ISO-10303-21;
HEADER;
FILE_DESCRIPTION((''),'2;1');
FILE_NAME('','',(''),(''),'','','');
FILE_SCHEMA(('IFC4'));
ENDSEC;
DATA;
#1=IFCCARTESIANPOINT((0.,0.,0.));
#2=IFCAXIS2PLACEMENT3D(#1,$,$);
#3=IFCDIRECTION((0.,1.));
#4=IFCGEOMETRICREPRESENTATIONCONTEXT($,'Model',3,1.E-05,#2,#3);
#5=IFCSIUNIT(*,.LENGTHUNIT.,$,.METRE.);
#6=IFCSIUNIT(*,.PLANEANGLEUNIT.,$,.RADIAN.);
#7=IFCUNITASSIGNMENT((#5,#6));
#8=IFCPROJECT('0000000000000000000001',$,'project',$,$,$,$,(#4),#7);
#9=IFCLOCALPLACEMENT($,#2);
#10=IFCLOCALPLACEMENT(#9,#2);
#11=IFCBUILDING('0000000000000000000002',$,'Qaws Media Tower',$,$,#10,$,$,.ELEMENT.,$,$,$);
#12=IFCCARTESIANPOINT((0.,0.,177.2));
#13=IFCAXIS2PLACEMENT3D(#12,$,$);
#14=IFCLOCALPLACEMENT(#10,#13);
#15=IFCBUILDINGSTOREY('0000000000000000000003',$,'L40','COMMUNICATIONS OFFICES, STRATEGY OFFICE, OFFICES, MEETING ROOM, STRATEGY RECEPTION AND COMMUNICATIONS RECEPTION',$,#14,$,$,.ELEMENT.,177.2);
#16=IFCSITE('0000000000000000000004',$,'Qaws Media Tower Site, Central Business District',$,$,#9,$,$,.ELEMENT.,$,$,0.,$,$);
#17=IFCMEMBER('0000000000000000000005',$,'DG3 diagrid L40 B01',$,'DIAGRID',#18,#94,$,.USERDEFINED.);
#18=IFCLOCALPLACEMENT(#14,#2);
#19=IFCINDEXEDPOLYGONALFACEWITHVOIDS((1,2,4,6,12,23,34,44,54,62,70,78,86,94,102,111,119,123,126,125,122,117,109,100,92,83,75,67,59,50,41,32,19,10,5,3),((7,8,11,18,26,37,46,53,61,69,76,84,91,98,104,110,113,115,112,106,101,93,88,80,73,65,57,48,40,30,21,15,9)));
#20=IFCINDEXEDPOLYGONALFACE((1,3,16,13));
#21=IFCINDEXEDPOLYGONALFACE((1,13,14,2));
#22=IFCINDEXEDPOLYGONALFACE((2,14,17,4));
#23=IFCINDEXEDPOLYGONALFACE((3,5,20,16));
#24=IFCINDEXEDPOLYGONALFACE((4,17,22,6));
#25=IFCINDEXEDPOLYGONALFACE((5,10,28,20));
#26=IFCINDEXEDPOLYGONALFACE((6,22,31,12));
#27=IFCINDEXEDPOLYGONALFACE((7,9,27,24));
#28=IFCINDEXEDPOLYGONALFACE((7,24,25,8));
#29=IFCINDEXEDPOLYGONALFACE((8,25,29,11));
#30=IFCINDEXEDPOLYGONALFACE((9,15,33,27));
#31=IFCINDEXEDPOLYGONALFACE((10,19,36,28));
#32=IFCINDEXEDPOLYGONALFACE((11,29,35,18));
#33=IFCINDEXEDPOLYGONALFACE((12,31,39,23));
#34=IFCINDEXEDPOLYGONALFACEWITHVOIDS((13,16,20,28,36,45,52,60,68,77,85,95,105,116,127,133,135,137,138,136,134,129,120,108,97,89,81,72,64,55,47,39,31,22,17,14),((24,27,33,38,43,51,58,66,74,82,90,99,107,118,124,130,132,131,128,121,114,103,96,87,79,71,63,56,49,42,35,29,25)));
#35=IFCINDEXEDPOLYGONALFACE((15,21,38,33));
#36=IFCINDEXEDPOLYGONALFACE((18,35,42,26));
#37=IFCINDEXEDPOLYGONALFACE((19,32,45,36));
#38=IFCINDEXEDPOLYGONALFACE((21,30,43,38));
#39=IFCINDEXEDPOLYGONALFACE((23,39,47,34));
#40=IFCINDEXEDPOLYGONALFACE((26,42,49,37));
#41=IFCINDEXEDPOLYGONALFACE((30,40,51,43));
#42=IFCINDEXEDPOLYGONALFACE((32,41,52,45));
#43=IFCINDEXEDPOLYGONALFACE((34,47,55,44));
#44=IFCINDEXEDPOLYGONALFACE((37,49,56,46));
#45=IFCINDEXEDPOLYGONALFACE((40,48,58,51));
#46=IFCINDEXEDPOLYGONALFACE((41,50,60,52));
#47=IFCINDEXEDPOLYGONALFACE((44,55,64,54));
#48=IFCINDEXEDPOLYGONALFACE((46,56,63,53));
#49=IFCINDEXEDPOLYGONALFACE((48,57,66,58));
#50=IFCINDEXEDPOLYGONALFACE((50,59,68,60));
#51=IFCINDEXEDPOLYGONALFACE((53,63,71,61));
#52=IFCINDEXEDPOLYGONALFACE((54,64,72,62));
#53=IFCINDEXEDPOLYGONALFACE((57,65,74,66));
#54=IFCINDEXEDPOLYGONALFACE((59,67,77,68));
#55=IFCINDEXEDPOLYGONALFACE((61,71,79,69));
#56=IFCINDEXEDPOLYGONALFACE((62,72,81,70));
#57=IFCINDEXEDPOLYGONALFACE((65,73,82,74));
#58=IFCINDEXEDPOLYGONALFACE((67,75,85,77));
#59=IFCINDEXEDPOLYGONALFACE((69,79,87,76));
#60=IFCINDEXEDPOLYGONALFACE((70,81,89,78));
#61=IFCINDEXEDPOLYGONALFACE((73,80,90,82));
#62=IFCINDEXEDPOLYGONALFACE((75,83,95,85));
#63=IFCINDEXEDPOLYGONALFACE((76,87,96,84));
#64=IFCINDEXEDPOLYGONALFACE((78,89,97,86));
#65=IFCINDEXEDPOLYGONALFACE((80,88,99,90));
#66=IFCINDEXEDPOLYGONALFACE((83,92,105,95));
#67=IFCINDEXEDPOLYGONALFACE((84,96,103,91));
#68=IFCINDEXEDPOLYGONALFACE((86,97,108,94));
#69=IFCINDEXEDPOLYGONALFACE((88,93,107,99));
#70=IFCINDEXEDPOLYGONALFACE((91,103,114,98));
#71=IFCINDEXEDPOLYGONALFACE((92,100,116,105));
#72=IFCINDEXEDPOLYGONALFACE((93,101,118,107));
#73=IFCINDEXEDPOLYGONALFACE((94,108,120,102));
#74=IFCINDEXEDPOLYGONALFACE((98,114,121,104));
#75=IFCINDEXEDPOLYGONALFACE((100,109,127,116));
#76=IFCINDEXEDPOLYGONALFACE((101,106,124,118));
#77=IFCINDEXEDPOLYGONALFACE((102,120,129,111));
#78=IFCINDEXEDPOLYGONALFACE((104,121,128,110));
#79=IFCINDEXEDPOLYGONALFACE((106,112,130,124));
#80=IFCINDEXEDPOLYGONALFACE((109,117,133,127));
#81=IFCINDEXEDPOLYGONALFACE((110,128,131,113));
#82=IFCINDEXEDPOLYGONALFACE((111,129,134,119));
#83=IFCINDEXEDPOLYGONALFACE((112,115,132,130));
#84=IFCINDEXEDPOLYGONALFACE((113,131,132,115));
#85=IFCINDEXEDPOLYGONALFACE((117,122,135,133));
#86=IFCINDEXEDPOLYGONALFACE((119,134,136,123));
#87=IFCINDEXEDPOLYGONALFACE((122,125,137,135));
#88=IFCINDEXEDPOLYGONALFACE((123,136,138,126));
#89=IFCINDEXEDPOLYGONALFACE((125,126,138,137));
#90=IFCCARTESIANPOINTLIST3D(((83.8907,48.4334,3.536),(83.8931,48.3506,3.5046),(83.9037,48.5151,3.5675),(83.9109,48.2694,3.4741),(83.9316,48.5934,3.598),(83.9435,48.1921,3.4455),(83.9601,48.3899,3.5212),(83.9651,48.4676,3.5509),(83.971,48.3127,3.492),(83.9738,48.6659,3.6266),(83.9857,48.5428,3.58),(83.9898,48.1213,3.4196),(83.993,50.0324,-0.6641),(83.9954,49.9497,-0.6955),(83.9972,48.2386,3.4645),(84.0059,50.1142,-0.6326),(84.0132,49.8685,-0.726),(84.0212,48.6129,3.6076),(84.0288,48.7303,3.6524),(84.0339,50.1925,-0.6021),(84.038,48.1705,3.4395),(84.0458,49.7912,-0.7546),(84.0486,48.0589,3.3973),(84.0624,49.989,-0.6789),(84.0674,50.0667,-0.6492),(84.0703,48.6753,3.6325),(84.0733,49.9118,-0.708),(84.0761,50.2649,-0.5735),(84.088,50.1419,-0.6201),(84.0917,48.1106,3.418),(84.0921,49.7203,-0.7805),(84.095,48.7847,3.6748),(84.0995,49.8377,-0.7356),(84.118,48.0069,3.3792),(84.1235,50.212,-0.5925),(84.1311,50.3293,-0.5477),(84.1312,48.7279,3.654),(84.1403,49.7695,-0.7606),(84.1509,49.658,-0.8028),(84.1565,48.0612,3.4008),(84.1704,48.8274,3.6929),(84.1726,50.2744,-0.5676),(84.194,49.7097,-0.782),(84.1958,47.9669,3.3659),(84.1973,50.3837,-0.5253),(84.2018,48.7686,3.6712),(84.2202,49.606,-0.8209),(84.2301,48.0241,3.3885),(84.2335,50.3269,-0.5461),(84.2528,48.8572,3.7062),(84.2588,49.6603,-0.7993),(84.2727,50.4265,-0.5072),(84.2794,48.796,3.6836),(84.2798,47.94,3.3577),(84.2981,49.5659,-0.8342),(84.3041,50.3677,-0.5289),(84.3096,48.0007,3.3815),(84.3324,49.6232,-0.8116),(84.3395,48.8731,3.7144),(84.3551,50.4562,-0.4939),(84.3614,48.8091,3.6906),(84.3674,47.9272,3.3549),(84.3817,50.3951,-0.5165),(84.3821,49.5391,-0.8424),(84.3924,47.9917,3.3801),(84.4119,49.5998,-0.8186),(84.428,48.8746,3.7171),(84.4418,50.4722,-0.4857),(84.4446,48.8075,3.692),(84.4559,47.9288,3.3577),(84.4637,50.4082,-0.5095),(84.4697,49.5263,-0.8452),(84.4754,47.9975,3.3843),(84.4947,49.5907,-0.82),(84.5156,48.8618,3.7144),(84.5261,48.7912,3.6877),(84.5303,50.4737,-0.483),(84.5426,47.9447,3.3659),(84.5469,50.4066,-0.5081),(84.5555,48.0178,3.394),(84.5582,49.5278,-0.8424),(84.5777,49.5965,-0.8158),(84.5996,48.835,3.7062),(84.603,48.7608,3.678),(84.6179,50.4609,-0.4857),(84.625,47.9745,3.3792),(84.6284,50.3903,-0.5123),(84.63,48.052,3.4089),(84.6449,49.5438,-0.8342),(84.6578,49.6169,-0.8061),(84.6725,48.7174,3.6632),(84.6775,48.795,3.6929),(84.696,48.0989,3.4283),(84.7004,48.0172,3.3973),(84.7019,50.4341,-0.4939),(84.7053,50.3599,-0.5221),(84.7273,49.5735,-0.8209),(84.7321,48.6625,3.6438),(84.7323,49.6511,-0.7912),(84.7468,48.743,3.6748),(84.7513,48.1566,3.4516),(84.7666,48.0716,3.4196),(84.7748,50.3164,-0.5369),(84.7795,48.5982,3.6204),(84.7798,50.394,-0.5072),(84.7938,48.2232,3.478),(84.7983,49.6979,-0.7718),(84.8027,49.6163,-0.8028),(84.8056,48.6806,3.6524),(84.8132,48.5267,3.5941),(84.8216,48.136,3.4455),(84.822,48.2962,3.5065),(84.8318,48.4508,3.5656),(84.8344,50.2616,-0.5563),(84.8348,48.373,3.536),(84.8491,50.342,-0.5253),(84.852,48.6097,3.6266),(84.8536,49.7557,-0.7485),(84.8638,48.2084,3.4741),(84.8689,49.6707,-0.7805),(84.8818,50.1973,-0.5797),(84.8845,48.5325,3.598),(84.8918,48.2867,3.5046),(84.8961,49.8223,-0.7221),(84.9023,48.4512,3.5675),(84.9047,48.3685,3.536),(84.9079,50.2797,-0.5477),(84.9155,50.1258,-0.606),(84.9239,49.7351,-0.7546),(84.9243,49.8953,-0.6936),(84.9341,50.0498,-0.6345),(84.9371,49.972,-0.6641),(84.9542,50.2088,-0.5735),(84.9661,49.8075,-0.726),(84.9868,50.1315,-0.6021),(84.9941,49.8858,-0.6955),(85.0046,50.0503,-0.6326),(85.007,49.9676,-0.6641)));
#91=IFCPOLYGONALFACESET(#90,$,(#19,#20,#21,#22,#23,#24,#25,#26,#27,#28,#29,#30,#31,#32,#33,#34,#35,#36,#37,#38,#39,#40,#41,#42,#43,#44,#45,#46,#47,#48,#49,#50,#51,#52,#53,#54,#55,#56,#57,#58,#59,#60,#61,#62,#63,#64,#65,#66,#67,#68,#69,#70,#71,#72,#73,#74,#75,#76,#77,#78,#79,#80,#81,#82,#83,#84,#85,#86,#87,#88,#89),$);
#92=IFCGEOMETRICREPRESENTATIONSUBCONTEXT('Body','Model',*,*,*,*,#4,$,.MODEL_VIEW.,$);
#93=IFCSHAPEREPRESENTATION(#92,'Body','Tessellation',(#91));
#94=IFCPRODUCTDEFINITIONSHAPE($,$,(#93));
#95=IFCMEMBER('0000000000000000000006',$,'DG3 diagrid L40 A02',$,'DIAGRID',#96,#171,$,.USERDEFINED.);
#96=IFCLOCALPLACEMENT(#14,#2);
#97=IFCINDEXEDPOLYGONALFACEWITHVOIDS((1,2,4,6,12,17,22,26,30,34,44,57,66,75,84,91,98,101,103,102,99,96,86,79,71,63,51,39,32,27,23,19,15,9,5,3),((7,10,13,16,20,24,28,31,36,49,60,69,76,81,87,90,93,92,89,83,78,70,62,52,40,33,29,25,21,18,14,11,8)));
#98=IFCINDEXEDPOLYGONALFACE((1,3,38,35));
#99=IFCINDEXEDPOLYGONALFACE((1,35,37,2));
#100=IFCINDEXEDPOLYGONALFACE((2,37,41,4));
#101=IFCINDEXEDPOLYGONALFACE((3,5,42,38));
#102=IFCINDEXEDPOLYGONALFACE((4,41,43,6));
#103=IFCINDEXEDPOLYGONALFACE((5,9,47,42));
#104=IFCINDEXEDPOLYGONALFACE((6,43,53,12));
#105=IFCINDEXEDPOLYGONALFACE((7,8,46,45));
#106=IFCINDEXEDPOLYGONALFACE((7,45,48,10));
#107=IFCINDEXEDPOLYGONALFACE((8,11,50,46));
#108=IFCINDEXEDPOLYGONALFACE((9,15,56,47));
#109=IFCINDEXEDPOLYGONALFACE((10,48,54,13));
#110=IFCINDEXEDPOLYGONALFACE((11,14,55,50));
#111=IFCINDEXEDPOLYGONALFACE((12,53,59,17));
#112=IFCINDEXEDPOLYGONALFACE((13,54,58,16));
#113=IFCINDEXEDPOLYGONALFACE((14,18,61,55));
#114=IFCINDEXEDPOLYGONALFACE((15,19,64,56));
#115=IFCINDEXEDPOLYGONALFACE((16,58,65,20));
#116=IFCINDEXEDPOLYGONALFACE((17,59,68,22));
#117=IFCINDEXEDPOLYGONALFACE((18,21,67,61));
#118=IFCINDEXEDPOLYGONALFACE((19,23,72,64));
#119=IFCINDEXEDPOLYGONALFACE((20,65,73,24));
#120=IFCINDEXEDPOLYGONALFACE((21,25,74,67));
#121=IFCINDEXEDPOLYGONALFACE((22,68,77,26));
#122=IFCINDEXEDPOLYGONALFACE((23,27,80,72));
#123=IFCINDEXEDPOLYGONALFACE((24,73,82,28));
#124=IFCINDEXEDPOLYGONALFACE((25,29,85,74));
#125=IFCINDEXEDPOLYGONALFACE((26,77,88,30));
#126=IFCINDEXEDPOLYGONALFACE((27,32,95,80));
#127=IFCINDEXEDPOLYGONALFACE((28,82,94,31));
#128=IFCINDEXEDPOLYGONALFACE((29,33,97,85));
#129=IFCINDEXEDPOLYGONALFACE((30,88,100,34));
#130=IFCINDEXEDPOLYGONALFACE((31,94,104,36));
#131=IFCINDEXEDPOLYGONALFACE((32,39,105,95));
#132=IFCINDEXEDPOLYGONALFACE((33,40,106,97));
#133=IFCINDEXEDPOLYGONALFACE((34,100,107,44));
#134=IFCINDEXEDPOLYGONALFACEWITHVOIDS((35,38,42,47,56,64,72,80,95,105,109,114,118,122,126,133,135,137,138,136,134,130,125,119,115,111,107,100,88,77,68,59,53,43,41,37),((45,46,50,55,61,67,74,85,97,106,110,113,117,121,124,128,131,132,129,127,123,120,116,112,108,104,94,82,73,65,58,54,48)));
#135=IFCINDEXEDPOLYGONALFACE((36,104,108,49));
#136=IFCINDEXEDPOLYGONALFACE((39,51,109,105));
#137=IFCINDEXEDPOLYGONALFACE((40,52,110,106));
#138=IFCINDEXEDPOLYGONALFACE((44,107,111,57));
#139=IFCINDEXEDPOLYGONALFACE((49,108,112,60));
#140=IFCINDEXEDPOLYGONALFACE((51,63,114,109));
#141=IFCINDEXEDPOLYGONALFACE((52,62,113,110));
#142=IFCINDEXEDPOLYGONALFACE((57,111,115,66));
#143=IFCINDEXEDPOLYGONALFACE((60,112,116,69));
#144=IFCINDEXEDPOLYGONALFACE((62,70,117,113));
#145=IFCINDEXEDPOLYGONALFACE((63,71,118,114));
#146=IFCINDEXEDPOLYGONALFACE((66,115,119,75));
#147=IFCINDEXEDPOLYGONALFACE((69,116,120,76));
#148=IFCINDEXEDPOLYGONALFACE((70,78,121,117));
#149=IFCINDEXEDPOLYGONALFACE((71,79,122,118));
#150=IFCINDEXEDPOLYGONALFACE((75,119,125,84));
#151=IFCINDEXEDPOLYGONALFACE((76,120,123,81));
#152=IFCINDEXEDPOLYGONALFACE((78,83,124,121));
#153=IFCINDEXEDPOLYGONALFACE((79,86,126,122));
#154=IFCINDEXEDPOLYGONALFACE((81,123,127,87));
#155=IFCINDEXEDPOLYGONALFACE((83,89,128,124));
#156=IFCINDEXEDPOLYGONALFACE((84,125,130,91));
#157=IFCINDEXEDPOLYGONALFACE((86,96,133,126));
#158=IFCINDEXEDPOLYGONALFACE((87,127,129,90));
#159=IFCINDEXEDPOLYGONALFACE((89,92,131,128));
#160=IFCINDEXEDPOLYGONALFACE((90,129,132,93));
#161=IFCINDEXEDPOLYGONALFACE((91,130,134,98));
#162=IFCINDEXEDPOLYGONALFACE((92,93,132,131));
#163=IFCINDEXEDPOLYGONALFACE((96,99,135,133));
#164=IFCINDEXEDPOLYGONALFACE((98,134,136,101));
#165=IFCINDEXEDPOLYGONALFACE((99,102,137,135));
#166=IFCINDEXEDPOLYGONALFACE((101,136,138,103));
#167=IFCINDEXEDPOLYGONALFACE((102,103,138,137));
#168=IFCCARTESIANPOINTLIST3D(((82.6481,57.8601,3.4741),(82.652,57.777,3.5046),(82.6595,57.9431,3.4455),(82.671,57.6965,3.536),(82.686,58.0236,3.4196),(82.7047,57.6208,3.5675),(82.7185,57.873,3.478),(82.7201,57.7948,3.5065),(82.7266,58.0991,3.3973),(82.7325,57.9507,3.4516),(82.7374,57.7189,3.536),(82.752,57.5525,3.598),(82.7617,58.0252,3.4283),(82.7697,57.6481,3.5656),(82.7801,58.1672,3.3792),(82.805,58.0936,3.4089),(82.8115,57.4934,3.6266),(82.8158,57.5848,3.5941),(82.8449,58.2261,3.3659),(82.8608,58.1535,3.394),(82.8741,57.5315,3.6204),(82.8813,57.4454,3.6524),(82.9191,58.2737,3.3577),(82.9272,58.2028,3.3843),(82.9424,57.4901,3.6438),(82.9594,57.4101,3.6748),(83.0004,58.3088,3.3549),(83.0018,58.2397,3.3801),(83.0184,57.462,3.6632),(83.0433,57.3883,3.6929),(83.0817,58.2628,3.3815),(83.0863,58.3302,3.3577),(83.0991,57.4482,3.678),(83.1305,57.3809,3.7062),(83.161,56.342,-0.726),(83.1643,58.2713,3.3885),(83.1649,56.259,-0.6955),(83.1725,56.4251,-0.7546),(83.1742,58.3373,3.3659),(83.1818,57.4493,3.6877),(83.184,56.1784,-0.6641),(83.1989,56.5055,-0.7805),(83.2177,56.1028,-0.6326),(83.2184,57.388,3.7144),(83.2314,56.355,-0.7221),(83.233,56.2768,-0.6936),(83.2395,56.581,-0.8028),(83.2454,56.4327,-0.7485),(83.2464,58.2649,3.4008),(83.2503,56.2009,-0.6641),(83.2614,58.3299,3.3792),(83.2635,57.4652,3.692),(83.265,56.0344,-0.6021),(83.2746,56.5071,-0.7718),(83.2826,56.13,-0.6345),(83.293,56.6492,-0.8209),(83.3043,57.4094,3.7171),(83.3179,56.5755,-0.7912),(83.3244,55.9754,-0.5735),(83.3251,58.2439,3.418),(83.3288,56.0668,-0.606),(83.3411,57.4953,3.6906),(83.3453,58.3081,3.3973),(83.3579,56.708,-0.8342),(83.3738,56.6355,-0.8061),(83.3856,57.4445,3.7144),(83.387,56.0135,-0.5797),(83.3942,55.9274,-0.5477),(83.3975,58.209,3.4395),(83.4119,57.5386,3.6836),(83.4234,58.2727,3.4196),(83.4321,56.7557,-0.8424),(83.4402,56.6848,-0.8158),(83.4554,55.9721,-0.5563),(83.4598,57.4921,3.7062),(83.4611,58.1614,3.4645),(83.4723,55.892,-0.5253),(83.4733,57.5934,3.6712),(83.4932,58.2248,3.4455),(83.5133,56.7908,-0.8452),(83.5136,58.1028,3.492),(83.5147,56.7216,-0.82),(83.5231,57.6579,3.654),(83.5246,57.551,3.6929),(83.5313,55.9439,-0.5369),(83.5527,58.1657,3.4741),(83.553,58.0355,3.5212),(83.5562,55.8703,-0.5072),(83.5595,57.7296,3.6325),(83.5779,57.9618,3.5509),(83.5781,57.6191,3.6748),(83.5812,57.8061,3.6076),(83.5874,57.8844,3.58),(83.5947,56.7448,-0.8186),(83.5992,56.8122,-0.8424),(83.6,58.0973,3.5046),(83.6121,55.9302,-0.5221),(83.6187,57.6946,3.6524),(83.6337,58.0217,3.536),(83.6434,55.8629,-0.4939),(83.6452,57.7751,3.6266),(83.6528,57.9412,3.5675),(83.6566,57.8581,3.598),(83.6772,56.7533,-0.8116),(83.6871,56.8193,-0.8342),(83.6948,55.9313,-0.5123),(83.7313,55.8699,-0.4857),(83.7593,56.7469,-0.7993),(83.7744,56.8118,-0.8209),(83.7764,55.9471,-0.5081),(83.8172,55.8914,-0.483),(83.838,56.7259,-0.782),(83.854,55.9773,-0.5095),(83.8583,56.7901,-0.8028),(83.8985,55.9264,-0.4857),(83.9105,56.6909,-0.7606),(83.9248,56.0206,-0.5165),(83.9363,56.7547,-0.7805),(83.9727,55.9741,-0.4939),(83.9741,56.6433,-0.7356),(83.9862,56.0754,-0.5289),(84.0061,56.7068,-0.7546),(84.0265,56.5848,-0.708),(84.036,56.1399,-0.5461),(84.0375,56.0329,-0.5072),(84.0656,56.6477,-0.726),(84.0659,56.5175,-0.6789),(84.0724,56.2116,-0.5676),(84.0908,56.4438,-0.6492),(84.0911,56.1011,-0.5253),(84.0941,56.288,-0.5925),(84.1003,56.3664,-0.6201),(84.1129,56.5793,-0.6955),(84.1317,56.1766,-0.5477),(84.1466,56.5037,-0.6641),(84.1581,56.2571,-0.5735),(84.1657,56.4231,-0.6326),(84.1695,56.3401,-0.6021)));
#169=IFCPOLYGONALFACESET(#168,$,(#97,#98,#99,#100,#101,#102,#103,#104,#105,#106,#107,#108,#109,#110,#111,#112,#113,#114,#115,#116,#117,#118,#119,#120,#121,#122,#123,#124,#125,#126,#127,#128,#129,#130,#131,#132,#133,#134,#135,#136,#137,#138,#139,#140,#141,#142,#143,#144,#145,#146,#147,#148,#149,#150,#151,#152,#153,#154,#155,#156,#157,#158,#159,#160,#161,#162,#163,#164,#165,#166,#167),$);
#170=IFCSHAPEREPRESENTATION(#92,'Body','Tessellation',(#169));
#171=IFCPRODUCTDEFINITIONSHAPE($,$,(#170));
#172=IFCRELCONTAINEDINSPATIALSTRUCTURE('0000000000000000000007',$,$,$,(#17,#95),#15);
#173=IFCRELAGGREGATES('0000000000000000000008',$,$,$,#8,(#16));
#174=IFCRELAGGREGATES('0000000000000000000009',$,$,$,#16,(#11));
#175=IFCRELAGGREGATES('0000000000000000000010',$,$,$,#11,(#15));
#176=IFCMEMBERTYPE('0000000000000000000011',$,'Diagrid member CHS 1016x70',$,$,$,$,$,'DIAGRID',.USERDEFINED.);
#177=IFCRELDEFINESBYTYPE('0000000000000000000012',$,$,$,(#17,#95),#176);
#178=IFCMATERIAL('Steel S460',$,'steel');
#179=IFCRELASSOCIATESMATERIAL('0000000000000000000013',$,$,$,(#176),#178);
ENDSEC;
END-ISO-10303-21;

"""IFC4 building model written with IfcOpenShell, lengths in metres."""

from ifc_helpers import new_model, si_unit, direction, frame, origin, origin_2d, place, context, subcontext, project, spatial, hollow_circle, extrude, material, material_profile, profile_set, type_object, element, save


model = new_model("IFC4")

# Units and contexts
model_context = context("Model", 3, precision=1e-05, world=origin(), true_north=direction((0.0, 1.0)))
body_context = subcontext(model_context, "Body", "Model", "MODEL_VIEW")
ifc_project = project(units=[si_unit("LENGTHUNIT", "METRE"), si_unit("PLANEANGLEUNIT", "RADIAN")], contexts=[model_context])

# Site, building, storey
site_placement = place(None, origin())
site = spatial("IfcSite", under=ifc_project, at=site_placement, Name="Qaws Media Tower Site, Central Business District", CompositionType="ELEMENT", RefElevation=0.0)
building_placement = place(site_placement, origin())
building = spatial("IfcBuilding", under=site, at=building_placement, Name="Qaws Media Tower", CompositionType="ELEMENT")
storey_placement = place(building_placement, frame((0.0, 0.0, 177.2)))
storey = spatial("IfcBuildingStorey", under=building, at=storey_placement, Name="L40", Description="COMMUNICATIONS OFFICES, STRATEGY OFFICE, OFFICES, MEETING ROOM, STRATEGY RECEPTION AND COMMUNICATIONS RECEPTION", CompositionType="ELEMENT", Elevation=177.2)

# Members
ifc_material_1 = material(Name="Steel S460", Category="steel")
ifc_material_profile_1 = material_profile(ifc_material_1, hollow_circle(Radius=0.5081, WallThickness=0.0701, at=origin_2d()), Name="CHS 1016x70")
ifc_profile_set_1 = profile_set([ifc_material_profile_1], Name="Steel S460")
member_type_1 = type_object("IfcMemberType", Name="Diagrid member CHS 1016x70", ElementType="DIAGRID", PredefinedType="USERDEFINED", material=ifc_profile_set_1)
for number, where, z_axis, x_axis, name in (
    (1, (84.5, 50.0, -0.6641), (-0.022755, -0.355718, 0.934316), (0.99796, -0.063839, 0.0), "DG3 diagrid L40 B01"),
    (2, (83.6653, 56.3411, -0.6641), (-0.114101, 0.337688, 0.934317), (-0.94738, -0.32011, 0.0), "DG3 diagrid L40 A02"),
):
    element("IfcMember", number, at=place(storey_placement, frame(where, z_axis=z_axis, x_axis=x_axis)), inside=storey, type_object=member_type_1, Name=name, ObjectType="DIAGRID", PredefinedType="USERDEFINED", context=body_context, shape_type="SweptSolid", body=[
        extrude(hollow_circle(Radius=0.5081, WallThickness=0.0701, at=origin_2d()), origin(), (0.0, 0.0, 1.0), 4.4954),
    ])

save(model, "model.ifc")
